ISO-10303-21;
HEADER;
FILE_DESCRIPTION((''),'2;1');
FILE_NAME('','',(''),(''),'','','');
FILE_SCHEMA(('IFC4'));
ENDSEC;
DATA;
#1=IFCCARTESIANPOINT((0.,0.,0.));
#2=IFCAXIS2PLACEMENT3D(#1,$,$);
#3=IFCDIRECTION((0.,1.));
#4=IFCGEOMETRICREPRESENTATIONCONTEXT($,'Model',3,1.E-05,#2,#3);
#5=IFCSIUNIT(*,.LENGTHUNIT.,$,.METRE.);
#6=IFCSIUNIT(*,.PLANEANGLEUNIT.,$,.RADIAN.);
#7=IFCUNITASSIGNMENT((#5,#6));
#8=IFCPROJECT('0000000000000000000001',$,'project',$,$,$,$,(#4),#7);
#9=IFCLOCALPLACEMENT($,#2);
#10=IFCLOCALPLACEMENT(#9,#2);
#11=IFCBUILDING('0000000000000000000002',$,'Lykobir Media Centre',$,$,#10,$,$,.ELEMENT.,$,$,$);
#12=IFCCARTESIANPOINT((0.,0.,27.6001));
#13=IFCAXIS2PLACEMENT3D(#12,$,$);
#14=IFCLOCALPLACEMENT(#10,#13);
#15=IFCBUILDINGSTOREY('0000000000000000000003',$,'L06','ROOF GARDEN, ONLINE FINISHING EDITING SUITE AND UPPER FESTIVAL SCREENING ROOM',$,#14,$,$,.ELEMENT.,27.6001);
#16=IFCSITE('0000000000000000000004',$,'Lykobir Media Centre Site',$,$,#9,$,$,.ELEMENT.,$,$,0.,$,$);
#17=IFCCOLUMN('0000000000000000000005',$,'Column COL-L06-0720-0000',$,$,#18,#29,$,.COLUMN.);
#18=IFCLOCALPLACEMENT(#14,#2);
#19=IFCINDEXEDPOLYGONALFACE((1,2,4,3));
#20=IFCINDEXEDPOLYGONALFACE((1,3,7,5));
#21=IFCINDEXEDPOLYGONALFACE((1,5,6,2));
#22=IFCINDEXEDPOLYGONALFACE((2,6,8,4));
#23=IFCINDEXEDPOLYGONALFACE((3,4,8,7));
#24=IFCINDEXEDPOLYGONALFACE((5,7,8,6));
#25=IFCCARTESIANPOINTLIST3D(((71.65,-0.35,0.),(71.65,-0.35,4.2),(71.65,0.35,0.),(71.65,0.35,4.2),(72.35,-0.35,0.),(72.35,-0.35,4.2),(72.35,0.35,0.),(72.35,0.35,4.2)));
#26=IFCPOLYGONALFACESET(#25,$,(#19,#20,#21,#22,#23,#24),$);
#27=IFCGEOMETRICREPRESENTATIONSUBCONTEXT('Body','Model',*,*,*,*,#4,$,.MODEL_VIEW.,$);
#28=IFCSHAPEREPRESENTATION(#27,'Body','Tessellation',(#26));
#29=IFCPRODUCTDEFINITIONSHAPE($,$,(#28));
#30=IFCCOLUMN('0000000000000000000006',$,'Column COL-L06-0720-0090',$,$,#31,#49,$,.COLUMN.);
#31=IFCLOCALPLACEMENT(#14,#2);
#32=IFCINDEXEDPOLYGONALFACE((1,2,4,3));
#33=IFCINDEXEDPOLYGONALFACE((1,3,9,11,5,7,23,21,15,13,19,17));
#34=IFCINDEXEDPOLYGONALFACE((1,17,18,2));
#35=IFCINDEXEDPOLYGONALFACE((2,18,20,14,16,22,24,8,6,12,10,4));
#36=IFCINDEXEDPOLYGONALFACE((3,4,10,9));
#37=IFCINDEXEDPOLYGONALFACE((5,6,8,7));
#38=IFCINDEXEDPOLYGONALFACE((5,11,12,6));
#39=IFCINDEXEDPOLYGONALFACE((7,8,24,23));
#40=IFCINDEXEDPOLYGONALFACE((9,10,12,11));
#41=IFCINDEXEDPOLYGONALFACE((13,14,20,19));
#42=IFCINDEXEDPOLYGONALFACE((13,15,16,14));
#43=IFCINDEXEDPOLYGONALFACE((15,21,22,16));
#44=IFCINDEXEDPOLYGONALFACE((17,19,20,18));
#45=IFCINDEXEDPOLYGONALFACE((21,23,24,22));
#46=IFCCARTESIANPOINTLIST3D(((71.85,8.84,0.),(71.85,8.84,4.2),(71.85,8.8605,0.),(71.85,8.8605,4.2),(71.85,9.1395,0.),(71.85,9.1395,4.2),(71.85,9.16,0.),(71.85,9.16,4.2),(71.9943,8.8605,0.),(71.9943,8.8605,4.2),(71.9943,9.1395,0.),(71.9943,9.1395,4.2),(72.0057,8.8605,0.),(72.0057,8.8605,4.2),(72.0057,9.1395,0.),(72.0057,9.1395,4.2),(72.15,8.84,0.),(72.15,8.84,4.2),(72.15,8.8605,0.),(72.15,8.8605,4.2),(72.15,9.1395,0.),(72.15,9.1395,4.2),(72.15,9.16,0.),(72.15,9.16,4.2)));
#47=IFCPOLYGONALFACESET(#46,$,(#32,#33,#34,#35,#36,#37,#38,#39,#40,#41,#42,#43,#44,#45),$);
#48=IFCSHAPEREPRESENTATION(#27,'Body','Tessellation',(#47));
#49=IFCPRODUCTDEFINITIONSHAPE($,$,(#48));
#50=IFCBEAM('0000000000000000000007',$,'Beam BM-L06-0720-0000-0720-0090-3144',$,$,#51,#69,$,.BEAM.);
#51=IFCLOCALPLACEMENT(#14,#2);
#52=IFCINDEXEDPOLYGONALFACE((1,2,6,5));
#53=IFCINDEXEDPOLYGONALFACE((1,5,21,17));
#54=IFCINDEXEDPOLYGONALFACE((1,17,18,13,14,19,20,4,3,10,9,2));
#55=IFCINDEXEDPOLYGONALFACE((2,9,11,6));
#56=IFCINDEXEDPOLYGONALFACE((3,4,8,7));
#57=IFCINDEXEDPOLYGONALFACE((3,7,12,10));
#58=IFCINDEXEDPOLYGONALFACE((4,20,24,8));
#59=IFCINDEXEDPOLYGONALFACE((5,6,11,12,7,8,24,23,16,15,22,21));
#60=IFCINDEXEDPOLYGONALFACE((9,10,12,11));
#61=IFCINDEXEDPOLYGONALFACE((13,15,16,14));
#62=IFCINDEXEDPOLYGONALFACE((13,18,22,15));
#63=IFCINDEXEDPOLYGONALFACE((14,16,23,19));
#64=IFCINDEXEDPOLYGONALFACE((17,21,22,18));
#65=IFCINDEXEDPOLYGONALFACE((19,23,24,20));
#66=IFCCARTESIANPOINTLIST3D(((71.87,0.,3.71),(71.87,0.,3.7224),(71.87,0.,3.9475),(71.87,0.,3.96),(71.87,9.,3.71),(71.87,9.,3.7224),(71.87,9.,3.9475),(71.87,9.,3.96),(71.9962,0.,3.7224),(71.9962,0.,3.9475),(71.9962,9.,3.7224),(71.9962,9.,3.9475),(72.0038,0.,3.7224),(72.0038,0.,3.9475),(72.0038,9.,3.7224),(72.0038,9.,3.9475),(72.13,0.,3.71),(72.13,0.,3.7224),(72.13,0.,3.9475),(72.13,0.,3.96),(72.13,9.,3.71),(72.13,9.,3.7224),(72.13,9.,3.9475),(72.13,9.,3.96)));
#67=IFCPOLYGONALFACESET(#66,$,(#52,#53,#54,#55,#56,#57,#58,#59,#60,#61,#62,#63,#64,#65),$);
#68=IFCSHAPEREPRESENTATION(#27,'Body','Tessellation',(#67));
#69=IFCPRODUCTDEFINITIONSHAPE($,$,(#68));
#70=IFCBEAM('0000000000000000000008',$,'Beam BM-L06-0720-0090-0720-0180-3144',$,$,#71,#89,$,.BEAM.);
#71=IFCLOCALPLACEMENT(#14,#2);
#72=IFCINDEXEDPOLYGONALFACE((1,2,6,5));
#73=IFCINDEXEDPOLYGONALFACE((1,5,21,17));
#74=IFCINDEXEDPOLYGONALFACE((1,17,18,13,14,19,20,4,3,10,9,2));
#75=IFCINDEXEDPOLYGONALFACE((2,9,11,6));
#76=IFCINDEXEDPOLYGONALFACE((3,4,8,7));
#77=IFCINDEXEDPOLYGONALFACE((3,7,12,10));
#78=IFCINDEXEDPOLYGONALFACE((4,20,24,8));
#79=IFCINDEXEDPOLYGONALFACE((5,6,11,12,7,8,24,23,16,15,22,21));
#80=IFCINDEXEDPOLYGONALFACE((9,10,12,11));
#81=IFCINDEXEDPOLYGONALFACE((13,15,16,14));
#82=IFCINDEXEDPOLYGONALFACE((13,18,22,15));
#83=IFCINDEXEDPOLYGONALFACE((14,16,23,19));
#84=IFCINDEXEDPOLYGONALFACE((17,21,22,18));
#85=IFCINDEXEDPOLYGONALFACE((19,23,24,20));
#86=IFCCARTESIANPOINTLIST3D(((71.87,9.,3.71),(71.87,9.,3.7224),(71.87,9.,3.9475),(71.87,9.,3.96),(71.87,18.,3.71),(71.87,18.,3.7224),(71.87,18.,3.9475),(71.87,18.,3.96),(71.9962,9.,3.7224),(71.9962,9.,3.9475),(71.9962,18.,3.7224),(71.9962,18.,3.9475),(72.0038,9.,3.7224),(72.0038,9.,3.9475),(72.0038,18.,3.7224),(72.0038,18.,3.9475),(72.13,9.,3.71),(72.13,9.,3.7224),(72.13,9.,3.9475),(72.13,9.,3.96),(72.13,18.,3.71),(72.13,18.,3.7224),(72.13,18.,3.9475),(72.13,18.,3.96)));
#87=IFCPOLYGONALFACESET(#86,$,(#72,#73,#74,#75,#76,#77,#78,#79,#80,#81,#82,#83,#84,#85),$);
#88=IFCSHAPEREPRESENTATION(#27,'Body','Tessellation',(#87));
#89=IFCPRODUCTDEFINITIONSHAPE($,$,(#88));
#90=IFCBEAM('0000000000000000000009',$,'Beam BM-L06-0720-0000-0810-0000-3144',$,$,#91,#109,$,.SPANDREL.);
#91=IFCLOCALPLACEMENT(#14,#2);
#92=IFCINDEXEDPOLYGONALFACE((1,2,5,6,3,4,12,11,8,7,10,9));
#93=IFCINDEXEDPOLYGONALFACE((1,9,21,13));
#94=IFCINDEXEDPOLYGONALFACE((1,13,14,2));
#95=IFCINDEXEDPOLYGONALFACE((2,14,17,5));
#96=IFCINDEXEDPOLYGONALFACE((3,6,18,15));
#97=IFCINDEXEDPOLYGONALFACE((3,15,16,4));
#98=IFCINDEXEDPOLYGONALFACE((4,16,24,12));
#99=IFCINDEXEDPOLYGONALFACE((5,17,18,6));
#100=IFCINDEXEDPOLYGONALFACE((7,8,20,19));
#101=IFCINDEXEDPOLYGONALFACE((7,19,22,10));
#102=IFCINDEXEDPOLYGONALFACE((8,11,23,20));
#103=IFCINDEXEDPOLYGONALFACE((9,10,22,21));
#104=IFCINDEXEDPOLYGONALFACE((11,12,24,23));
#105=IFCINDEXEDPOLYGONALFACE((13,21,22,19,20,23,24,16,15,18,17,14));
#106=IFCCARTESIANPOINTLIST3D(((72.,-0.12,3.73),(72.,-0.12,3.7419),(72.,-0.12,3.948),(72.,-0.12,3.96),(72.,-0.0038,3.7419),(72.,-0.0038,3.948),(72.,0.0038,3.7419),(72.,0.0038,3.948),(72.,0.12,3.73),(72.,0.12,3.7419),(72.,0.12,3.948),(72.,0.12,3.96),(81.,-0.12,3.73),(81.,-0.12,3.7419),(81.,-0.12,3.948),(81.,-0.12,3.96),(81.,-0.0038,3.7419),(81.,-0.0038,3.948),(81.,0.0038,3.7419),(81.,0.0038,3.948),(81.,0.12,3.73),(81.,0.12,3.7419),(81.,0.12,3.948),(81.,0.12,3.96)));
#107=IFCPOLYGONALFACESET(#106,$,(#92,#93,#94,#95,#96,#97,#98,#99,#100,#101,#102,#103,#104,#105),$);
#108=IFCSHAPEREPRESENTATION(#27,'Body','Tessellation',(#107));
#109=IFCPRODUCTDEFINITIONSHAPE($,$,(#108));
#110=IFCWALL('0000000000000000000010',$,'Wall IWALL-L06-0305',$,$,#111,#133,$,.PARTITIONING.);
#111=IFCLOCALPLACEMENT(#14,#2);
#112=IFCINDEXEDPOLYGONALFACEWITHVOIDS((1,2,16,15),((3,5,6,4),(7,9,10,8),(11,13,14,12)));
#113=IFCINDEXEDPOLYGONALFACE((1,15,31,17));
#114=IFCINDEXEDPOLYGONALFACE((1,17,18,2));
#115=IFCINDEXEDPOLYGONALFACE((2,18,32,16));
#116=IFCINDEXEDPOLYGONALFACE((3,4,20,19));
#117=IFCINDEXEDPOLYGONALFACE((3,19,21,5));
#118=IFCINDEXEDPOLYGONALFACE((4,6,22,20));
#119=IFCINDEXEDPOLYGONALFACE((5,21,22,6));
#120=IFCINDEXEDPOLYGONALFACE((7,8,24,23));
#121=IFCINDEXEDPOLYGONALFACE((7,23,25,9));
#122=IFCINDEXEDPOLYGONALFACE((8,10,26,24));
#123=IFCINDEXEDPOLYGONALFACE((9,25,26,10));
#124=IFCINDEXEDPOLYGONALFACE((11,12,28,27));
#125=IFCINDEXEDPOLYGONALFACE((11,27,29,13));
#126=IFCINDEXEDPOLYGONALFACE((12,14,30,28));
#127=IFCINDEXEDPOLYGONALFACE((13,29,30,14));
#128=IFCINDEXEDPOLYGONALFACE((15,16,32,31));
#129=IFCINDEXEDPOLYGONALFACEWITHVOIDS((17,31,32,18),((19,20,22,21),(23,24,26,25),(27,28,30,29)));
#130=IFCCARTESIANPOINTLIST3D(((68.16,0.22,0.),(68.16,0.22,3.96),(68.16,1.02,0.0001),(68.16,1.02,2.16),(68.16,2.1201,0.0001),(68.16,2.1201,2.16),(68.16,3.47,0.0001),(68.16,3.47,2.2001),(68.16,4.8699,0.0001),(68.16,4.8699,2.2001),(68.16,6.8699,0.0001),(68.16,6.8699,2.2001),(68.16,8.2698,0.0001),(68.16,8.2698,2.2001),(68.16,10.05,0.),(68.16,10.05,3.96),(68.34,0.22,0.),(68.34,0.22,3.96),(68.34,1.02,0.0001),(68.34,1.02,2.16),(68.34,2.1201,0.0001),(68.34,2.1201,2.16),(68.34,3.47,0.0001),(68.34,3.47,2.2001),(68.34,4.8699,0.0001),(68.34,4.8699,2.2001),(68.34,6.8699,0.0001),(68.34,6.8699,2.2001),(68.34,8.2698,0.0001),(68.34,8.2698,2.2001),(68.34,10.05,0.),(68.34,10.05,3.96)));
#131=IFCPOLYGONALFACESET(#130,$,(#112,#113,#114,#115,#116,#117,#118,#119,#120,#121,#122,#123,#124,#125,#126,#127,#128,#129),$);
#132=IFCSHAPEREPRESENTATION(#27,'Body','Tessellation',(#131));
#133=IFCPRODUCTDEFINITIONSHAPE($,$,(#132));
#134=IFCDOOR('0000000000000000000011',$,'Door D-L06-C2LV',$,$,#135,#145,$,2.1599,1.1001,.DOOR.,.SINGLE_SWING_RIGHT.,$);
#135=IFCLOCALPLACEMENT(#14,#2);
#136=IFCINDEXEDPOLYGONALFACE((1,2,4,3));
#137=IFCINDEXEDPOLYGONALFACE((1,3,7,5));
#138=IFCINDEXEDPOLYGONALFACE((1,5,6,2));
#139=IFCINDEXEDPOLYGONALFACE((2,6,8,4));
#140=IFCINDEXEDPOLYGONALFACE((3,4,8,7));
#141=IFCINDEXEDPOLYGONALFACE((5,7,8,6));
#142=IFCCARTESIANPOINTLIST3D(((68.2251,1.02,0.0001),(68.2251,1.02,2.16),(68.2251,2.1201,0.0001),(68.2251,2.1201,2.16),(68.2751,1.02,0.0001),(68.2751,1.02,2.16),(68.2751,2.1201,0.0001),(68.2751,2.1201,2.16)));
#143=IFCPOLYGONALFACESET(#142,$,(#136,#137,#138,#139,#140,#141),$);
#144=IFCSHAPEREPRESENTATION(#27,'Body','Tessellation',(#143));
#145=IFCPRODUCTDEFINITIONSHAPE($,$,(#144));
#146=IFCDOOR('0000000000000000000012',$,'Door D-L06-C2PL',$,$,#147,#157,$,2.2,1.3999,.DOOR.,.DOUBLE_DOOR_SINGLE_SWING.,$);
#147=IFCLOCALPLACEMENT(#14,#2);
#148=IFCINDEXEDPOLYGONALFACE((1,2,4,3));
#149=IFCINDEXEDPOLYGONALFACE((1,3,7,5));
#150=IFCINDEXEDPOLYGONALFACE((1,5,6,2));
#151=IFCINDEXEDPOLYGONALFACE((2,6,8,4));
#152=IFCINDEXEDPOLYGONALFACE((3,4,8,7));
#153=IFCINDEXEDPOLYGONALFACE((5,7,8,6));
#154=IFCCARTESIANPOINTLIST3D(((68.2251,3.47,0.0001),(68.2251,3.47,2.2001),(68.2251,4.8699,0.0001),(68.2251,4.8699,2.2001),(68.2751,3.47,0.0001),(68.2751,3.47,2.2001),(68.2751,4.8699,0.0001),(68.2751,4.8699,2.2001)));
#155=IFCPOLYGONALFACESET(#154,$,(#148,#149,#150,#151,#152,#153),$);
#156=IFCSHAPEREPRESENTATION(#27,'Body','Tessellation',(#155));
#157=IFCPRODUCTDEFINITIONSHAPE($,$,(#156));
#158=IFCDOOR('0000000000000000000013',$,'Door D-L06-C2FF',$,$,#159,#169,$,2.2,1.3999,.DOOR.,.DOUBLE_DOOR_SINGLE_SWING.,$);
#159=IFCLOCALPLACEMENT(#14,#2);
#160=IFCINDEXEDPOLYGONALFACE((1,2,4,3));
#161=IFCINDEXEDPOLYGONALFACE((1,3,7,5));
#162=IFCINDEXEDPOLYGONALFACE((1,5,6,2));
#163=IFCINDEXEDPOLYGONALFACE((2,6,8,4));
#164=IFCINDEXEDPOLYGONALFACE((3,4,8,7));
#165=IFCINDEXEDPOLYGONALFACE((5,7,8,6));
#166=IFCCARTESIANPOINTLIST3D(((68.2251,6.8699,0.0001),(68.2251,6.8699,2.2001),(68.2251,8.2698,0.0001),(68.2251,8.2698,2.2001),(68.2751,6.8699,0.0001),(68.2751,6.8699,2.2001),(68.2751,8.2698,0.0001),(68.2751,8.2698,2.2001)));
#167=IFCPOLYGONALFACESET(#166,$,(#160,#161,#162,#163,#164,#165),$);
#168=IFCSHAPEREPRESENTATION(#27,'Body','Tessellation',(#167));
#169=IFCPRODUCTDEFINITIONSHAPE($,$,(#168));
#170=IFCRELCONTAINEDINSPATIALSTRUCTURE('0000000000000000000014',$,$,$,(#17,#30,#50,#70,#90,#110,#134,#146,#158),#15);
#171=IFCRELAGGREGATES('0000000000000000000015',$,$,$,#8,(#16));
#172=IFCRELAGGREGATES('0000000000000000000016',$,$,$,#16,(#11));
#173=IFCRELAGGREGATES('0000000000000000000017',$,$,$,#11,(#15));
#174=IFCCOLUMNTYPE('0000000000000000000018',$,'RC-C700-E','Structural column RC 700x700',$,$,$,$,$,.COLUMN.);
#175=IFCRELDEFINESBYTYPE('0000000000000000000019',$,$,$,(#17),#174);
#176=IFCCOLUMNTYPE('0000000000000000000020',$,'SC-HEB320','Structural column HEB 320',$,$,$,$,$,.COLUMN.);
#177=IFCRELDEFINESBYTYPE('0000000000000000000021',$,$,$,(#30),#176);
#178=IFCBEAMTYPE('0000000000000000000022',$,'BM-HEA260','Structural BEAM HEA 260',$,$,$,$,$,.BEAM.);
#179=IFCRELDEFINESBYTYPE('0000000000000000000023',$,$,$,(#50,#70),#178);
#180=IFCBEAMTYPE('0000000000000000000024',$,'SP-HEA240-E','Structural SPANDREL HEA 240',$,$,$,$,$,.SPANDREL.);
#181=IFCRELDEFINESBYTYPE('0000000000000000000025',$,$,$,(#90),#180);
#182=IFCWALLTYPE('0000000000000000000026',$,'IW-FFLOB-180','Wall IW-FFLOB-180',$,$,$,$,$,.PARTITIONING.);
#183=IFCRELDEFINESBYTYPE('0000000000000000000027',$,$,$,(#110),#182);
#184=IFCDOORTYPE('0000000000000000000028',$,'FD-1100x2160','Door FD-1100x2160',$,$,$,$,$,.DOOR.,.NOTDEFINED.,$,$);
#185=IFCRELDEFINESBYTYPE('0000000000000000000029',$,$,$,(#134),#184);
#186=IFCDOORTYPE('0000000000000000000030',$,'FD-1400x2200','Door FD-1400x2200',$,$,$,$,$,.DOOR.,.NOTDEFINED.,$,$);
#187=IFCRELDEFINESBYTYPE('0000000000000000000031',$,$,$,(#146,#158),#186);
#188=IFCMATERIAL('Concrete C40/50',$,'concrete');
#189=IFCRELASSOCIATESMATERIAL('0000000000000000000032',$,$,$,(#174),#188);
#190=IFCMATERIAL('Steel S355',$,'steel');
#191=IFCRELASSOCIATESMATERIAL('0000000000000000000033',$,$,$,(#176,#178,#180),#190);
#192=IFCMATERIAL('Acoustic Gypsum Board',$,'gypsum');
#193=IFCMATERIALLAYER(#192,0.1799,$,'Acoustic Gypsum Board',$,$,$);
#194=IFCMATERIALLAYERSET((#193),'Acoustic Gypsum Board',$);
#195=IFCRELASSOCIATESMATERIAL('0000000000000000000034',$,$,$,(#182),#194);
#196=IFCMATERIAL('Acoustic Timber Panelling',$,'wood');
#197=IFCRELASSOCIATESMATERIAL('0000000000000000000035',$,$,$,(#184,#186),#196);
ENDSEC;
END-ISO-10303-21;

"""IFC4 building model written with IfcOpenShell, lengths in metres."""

from ifc_helpers import new_model, si_unit, direction, frame, frame_2d, origin, origin_2d, place, context, subcontext, project, spatial, rectangle, i_section, extrude, material, layer, layer_set, material_profile, profile_set, type_object, element, fill, save


model = new_model("IFC4")

# Units and contexts
model_context = context("Model", 3, precision=1e-05, world=origin(), true_north=direction((0.0, 1.0)))
body_context = subcontext(model_context, "Body", "Model", "MODEL_VIEW")
ifc_project = project(units=[si_unit("LENGTHUNIT", "METRE"), si_unit("PLANEANGLEUNIT", "RADIAN")], contexts=[model_context])

# Site, building, storey
site_placement = place(None, origin())
site = spatial("IfcSite", under=ifc_project, at=site_placement, Name="Lykobir Media Centre Site", CompositionType="ELEMENT", RefElevation=0.0)
building_placement = place(site_placement, origin())
building = spatial("IfcBuilding", under=site, at=building_placement, Name="Lykobir Media Centre", CompositionType="ELEMENT")
storey_placement = place(building_placement, frame((0.0, 0.0, 27.6001)))
storey = spatial("IfcBuildingStorey", under=building, at=storey_placement, Name="L06", Description="ROOF GARDEN, ONLINE FINISHING EDITING SUITE AND UPPER FESTIVAL SCREENING ROOM", CompositionType="ELEMENT", Elevation=27.6001)

# Columns
ifc_material_1 = material(Name="Concrete C40/50", Category="concrete")
ifc_material_profile_1 = material_profile(ifc_material_1, rectangle(XDim=0.7, YDim=0.7, at=origin_2d()), Name="RC 700x700")
ifc_profile_set_1 = profile_set([ifc_material_profile_1], Name="Concrete C40/50")
column_type_1 = type_object("IfcColumnType", Name="RC-C700-E", Description="Structural column RC 700x700", PredefinedType="COLUMN", material=ifc_profile_set_1)
column_1_placement = place(storey_placement, frame((72.0, 0.0, 0.0), z_axis=(0.0, 0.0, 1.0), x_axis=(1.0, 0.0, 0.0)))
element("IfcColumn", 1, at=column_1_placement, inside=storey, type_object=column_type_1, Name="Column COL-L06-0720-0000", PredefinedType="COLUMN", context=body_context, shape_type="SweptSolid", body=[
    extrude(rectangle(XDim=0.7, YDim=0.7, at=origin_2d()), origin(), (0.0, 0.0, 1.0), 4.2),
])
ifc_material_2 = material(Name="Steel S355", Category="steel")
ifc_material_profile_2 = material_profile(ifc_material_2, i_section(OverallWidth=0.3, OverallDepth=0.3201, WebThickness=0.0115, FlangeThickness=0.0205, at=origin_2d()), Name="HEB 320")
ifc_profile_set_2 = profile_set([ifc_material_profile_2], Name="Steel S355")
column_type_2 = type_object("IfcColumnType", Name="SC-HEB320", Description="Structural column HEB 320", PredefinedType="COLUMN", material=ifc_profile_set_2)
column_2_placement = place(storey_placement, frame((72.0, 9.0, 0.0), z_axis=(0.0, 0.0, 1.0), x_axis=(1.0, 0.0, 0.0)))
element("IfcColumn", 2, at=column_2_placement, inside=storey, type_object=column_type_2, Name="Column COL-L06-0720-0090", PredefinedType="COLUMN", context=body_context, shape_type="SweptSolid", body=[
    extrude(i_section(OverallWidth=0.3, OverallDepth=0.3201, WebThickness=0.0115, FlangeThickness=0.0205, at=origin_2d()), origin(), (0.0, 0.0, 1.0), 4.2),
])

# Beams
ifc_material_profile_3 = material_profile(ifc_material_2, i_section(OverallWidth=0.26, OverallDepth=0.25, WebThickness=0.0076, FlangeThickness=0.0125, at=origin_2d()), Name="HEA 260")
ifc_profile_set_3 = profile_set([ifc_material_profile_3], Name="Steel S355")
beam_type_1 = type_object("IfcBeamType", Name="BM-HEA260", Description="Structural BEAM HEA 260", PredefinedType="BEAM", material=ifc_profile_set_3)
for number, where, z_axis, x_axis, name in (
    (3, (72.0, 0.0, 3.835), (0.0, 1.0, 0.0), (-1.0, 0.0, 0.0), "Beam BM-L06-0720-0000-0720-0090-3144"),
    (4, (72.0, 9.0, 3.835), (0.0, 1.0, 0.0), (-1.0, 0.0, 0.0), "Beam BM-L06-0720-0090-0720-0180-3144"),
):
    element("IfcBeam", number, at=place(storey_placement, frame(where, z_axis=z_axis, x_axis=x_axis)), inside=storey, type_object=beam_type_1, Name=name, PredefinedType="BEAM", context=body_context, shape_type="SweptSolid", body=[
        extrude(i_section(OverallWidth=0.26, OverallDepth=0.25, WebThickness=0.0076, FlangeThickness=0.0125, at=origin_2d()), origin(), (0.0, 0.0, 1.0), 9.0),
    ])
ifc_material_profile_4 = material_profile(ifc_material_2, i_section(OverallWidth=0.24, OverallDepth=0.23, WebThickness=0.0076, FlangeThickness=0.012, at=origin_2d()), Name="HEA 240")
ifc_profile_set_4 = profile_set([ifc_material_profile_4], Name="Steel S355")
beam_type_2 = type_object("IfcBeamType", Name="SP-HEA240-E", Description="Structural SPANDREL HEA 240", PredefinedType="SPANDREL", material=ifc_profile_set_4)
beam_placement = place(storey_placement, frame((72.0, 0.0, 3.845), z_axis=(1.0, 0.0, 0.0), x_axis=(0.0, 1.0, 0.0)))
element("IfcBeam", 5, at=beam_placement, inside=storey, type_object=beam_type_2, Name="Beam BM-L06-0720-0000-0810-0000-3144", PredefinedType="SPANDREL", context=body_context, shape_type="SweptSolid", body=[
    extrude(i_section(OverallWidth=0.24, OverallDepth=0.23, WebThickness=0.0076, FlangeThickness=0.012, at=origin_2d()), origin(), (0.0, 0.0, 1.0), 9.0),
])

# Wall, openings, doors
ifc_material_3 = material(Name="Acoustic Gypsum Board", Category="gypsum")
ifc_layer_1 = layer(ifc_material_3, 0.1799, Name="Acoustic Gypsum Board")
ifc_layer_set_1 = layer_set([ifc_layer_1], Name="Acoustic Gypsum Board")
wall_type_1 = type_object("IfcWallType", Name="IW-FFLOB-180", Description="Wall IW-FFLOB-180", PredefinedType="PARTITIONING", material=ifc_layer_set_1)
wall_1_placement = place(storey_placement, frame((68.25, 0.22, 0.0), z_axis=(0.0, 0.0, 1.0), x_axis=(0.0, 1.0, 0.0)))
wall_1 = element("IfcWall", 6, at=wall_1_placement, inside=storey, type_object=wall_type_1, Name="Wall IWALL-L06-0305", PredefinedType="PARTITIONING", context=body_context, shape_type="SweptSolid", body=[
    extrude(rectangle(XDim=9.8301, YDim=0.1799, at=frame_2d((4.915, 0.0))), origin(), (0.0, 0.0, 1.0), 3.96),
])
opening_1_placement = place(wall_1_placement, frame((0.8, 0.0, 0.0)))
opening_1 = element("IfcOpeningElement", 7, at=opening_1_placement, cuts=wall_1, PredefinedType="OPENING", context=body_context, shape_type="SweptSolid", body=[
    extrude(rectangle(XDim=1.1001, YDim=2.1599, at=frame_2d((0.55, 1.0801))), frame((0.0, 0.0999, 0.0), z_axis=(0.0, -1.0, 0.0), x_axis=(1.0, 0.0, 0.0)), (0.0, 0.0, 1.0), 0.2),
])
opening_2_placement = place(wall_1_placement, frame((3.25, 0.0, 0.0)))
opening_2 = element("IfcOpeningElement", 8, at=opening_2_placement, cuts=wall_1, PredefinedType="OPENING", context=body_context, shape_type="SweptSolid", body=[
    extrude(rectangle(XDim=1.3999, YDim=2.2, at=frame_2d((0.7, 1.1001))), frame((0.0, 0.0999, 0.0), z_axis=(0.0, -1.0, 0.0), x_axis=(1.0, 0.0, 0.0)), (0.0, 0.0, 1.0), 0.2),
])
opening_3_placement = place(wall_1_placement, frame((6.6499, 0.0, 0.0)))
opening_3 = element("IfcOpeningElement", 9, at=opening_3_placement, cuts=wall_1, PredefinedType="OPENING", context=body_context, shape_type="SweptSolid", body=[
    extrude(rectangle(XDim=1.3999, YDim=2.2, at=frame_2d((0.7, 1.1001))), frame((0.0, 0.0999, 0.0), z_axis=(0.0, -1.0, 0.0), x_axis=(1.0, 0.0, 0.0)), (0.0, 0.0, 1.0), 0.2),
])
ifc_material_4 = material(Name="Acoustic Timber Panelling", Category="wood")
door_type_1 = type_object("IfcDoorType", Name="FD-1100x2160", Description="Door FD-1100x2160", OperationType="NOTDEFINED", PredefinedType="DOOR", material=ifc_material_4)
door_1_placement = place(opening_1_placement, origin())
door_1 = element("IfcDoor", 10, at=door_1_placement, inside=storey, type_object=door_type_1, Name="Door D-L06-C2LV", OperationType="SINGLE_SWING_RIGHT", OverallHeight=2.1599, OverallWidth=1.1001, PredefinedType="DOOR", context=body_context, shape_type="SweptSolid", body=[
    extrude(rectangle(XDim=1.1001, YDim=2.1599, at=frame_2d((0.55, 1.0801))), frame((0.0, 0.0249, 0.0), z_axis=(0.0, -1.0, 0.0), x_axis=(1.0, 0.0, 0.0)), (0.0, 0.0, 1.0), 0.05),
])
fill(opening_1, door_1)
door_type_2 = type_object("IfcDoorType", Name="FD-1400x2200", Description="Door FD-1400x2200", OperationType="NOTDEFINED", PredefinedType="DOOR", material=ifc_material_4)
door_2_placement = place(opening_2_placement, origin())
door_2 = element("IfcDoor", 11, at=door_2_placement, inside=storey, type_object=door_type_2, Name="Door D-L06-C2PL", OperationType="DOUBLE_DOOR_SINGLE_SWING", OverallHeight=2.2, OverallWidth=1.3999, PredefinedType="DOOR", context=body_context, shape_type="SweptSolid", body=[
    extrude(rectangle(XDim=1.3999, YDim=2.2, at=frame_2d((0.7, 1.1001))), frame((0.0, 0.0249, 0.0), z_axis=(0.0, -1.0, 0.0), x_axis=(1.0, 0.0, 0.0)), (0.0, 0.0, 1.0), 0.05),
])
fill(opening_2, door_2)
door_3_placement = place(opening_3_placement, origin())
door_3 = element("IfcDoor", 12, at=door_3_placement, inside=storey, type_object=door_type_2, Name="Door D-L06-C2FF", OperationType="DOUBLE_DOOR_SINGLE_SWING", OverallHeight=2.2, OverallWidth=1.3999, PredefinedType="DOOR", context=body_context, shape_type="SweptSolid", body=[
    extrude(rectangle(XDim=1.3999, YDim=2.2, at=frame_2d((0.7, 1.1001))), frame((0.0, 0.0249, 0.0), z_axis=(0.0, -1.0, 0.0), x_axis=(1.0, 0.0, 0.0)), (0.0, 0.0, 1.0), 0.05),
])
fill(opening_3, door_3)

save(model, "model.ifc")
